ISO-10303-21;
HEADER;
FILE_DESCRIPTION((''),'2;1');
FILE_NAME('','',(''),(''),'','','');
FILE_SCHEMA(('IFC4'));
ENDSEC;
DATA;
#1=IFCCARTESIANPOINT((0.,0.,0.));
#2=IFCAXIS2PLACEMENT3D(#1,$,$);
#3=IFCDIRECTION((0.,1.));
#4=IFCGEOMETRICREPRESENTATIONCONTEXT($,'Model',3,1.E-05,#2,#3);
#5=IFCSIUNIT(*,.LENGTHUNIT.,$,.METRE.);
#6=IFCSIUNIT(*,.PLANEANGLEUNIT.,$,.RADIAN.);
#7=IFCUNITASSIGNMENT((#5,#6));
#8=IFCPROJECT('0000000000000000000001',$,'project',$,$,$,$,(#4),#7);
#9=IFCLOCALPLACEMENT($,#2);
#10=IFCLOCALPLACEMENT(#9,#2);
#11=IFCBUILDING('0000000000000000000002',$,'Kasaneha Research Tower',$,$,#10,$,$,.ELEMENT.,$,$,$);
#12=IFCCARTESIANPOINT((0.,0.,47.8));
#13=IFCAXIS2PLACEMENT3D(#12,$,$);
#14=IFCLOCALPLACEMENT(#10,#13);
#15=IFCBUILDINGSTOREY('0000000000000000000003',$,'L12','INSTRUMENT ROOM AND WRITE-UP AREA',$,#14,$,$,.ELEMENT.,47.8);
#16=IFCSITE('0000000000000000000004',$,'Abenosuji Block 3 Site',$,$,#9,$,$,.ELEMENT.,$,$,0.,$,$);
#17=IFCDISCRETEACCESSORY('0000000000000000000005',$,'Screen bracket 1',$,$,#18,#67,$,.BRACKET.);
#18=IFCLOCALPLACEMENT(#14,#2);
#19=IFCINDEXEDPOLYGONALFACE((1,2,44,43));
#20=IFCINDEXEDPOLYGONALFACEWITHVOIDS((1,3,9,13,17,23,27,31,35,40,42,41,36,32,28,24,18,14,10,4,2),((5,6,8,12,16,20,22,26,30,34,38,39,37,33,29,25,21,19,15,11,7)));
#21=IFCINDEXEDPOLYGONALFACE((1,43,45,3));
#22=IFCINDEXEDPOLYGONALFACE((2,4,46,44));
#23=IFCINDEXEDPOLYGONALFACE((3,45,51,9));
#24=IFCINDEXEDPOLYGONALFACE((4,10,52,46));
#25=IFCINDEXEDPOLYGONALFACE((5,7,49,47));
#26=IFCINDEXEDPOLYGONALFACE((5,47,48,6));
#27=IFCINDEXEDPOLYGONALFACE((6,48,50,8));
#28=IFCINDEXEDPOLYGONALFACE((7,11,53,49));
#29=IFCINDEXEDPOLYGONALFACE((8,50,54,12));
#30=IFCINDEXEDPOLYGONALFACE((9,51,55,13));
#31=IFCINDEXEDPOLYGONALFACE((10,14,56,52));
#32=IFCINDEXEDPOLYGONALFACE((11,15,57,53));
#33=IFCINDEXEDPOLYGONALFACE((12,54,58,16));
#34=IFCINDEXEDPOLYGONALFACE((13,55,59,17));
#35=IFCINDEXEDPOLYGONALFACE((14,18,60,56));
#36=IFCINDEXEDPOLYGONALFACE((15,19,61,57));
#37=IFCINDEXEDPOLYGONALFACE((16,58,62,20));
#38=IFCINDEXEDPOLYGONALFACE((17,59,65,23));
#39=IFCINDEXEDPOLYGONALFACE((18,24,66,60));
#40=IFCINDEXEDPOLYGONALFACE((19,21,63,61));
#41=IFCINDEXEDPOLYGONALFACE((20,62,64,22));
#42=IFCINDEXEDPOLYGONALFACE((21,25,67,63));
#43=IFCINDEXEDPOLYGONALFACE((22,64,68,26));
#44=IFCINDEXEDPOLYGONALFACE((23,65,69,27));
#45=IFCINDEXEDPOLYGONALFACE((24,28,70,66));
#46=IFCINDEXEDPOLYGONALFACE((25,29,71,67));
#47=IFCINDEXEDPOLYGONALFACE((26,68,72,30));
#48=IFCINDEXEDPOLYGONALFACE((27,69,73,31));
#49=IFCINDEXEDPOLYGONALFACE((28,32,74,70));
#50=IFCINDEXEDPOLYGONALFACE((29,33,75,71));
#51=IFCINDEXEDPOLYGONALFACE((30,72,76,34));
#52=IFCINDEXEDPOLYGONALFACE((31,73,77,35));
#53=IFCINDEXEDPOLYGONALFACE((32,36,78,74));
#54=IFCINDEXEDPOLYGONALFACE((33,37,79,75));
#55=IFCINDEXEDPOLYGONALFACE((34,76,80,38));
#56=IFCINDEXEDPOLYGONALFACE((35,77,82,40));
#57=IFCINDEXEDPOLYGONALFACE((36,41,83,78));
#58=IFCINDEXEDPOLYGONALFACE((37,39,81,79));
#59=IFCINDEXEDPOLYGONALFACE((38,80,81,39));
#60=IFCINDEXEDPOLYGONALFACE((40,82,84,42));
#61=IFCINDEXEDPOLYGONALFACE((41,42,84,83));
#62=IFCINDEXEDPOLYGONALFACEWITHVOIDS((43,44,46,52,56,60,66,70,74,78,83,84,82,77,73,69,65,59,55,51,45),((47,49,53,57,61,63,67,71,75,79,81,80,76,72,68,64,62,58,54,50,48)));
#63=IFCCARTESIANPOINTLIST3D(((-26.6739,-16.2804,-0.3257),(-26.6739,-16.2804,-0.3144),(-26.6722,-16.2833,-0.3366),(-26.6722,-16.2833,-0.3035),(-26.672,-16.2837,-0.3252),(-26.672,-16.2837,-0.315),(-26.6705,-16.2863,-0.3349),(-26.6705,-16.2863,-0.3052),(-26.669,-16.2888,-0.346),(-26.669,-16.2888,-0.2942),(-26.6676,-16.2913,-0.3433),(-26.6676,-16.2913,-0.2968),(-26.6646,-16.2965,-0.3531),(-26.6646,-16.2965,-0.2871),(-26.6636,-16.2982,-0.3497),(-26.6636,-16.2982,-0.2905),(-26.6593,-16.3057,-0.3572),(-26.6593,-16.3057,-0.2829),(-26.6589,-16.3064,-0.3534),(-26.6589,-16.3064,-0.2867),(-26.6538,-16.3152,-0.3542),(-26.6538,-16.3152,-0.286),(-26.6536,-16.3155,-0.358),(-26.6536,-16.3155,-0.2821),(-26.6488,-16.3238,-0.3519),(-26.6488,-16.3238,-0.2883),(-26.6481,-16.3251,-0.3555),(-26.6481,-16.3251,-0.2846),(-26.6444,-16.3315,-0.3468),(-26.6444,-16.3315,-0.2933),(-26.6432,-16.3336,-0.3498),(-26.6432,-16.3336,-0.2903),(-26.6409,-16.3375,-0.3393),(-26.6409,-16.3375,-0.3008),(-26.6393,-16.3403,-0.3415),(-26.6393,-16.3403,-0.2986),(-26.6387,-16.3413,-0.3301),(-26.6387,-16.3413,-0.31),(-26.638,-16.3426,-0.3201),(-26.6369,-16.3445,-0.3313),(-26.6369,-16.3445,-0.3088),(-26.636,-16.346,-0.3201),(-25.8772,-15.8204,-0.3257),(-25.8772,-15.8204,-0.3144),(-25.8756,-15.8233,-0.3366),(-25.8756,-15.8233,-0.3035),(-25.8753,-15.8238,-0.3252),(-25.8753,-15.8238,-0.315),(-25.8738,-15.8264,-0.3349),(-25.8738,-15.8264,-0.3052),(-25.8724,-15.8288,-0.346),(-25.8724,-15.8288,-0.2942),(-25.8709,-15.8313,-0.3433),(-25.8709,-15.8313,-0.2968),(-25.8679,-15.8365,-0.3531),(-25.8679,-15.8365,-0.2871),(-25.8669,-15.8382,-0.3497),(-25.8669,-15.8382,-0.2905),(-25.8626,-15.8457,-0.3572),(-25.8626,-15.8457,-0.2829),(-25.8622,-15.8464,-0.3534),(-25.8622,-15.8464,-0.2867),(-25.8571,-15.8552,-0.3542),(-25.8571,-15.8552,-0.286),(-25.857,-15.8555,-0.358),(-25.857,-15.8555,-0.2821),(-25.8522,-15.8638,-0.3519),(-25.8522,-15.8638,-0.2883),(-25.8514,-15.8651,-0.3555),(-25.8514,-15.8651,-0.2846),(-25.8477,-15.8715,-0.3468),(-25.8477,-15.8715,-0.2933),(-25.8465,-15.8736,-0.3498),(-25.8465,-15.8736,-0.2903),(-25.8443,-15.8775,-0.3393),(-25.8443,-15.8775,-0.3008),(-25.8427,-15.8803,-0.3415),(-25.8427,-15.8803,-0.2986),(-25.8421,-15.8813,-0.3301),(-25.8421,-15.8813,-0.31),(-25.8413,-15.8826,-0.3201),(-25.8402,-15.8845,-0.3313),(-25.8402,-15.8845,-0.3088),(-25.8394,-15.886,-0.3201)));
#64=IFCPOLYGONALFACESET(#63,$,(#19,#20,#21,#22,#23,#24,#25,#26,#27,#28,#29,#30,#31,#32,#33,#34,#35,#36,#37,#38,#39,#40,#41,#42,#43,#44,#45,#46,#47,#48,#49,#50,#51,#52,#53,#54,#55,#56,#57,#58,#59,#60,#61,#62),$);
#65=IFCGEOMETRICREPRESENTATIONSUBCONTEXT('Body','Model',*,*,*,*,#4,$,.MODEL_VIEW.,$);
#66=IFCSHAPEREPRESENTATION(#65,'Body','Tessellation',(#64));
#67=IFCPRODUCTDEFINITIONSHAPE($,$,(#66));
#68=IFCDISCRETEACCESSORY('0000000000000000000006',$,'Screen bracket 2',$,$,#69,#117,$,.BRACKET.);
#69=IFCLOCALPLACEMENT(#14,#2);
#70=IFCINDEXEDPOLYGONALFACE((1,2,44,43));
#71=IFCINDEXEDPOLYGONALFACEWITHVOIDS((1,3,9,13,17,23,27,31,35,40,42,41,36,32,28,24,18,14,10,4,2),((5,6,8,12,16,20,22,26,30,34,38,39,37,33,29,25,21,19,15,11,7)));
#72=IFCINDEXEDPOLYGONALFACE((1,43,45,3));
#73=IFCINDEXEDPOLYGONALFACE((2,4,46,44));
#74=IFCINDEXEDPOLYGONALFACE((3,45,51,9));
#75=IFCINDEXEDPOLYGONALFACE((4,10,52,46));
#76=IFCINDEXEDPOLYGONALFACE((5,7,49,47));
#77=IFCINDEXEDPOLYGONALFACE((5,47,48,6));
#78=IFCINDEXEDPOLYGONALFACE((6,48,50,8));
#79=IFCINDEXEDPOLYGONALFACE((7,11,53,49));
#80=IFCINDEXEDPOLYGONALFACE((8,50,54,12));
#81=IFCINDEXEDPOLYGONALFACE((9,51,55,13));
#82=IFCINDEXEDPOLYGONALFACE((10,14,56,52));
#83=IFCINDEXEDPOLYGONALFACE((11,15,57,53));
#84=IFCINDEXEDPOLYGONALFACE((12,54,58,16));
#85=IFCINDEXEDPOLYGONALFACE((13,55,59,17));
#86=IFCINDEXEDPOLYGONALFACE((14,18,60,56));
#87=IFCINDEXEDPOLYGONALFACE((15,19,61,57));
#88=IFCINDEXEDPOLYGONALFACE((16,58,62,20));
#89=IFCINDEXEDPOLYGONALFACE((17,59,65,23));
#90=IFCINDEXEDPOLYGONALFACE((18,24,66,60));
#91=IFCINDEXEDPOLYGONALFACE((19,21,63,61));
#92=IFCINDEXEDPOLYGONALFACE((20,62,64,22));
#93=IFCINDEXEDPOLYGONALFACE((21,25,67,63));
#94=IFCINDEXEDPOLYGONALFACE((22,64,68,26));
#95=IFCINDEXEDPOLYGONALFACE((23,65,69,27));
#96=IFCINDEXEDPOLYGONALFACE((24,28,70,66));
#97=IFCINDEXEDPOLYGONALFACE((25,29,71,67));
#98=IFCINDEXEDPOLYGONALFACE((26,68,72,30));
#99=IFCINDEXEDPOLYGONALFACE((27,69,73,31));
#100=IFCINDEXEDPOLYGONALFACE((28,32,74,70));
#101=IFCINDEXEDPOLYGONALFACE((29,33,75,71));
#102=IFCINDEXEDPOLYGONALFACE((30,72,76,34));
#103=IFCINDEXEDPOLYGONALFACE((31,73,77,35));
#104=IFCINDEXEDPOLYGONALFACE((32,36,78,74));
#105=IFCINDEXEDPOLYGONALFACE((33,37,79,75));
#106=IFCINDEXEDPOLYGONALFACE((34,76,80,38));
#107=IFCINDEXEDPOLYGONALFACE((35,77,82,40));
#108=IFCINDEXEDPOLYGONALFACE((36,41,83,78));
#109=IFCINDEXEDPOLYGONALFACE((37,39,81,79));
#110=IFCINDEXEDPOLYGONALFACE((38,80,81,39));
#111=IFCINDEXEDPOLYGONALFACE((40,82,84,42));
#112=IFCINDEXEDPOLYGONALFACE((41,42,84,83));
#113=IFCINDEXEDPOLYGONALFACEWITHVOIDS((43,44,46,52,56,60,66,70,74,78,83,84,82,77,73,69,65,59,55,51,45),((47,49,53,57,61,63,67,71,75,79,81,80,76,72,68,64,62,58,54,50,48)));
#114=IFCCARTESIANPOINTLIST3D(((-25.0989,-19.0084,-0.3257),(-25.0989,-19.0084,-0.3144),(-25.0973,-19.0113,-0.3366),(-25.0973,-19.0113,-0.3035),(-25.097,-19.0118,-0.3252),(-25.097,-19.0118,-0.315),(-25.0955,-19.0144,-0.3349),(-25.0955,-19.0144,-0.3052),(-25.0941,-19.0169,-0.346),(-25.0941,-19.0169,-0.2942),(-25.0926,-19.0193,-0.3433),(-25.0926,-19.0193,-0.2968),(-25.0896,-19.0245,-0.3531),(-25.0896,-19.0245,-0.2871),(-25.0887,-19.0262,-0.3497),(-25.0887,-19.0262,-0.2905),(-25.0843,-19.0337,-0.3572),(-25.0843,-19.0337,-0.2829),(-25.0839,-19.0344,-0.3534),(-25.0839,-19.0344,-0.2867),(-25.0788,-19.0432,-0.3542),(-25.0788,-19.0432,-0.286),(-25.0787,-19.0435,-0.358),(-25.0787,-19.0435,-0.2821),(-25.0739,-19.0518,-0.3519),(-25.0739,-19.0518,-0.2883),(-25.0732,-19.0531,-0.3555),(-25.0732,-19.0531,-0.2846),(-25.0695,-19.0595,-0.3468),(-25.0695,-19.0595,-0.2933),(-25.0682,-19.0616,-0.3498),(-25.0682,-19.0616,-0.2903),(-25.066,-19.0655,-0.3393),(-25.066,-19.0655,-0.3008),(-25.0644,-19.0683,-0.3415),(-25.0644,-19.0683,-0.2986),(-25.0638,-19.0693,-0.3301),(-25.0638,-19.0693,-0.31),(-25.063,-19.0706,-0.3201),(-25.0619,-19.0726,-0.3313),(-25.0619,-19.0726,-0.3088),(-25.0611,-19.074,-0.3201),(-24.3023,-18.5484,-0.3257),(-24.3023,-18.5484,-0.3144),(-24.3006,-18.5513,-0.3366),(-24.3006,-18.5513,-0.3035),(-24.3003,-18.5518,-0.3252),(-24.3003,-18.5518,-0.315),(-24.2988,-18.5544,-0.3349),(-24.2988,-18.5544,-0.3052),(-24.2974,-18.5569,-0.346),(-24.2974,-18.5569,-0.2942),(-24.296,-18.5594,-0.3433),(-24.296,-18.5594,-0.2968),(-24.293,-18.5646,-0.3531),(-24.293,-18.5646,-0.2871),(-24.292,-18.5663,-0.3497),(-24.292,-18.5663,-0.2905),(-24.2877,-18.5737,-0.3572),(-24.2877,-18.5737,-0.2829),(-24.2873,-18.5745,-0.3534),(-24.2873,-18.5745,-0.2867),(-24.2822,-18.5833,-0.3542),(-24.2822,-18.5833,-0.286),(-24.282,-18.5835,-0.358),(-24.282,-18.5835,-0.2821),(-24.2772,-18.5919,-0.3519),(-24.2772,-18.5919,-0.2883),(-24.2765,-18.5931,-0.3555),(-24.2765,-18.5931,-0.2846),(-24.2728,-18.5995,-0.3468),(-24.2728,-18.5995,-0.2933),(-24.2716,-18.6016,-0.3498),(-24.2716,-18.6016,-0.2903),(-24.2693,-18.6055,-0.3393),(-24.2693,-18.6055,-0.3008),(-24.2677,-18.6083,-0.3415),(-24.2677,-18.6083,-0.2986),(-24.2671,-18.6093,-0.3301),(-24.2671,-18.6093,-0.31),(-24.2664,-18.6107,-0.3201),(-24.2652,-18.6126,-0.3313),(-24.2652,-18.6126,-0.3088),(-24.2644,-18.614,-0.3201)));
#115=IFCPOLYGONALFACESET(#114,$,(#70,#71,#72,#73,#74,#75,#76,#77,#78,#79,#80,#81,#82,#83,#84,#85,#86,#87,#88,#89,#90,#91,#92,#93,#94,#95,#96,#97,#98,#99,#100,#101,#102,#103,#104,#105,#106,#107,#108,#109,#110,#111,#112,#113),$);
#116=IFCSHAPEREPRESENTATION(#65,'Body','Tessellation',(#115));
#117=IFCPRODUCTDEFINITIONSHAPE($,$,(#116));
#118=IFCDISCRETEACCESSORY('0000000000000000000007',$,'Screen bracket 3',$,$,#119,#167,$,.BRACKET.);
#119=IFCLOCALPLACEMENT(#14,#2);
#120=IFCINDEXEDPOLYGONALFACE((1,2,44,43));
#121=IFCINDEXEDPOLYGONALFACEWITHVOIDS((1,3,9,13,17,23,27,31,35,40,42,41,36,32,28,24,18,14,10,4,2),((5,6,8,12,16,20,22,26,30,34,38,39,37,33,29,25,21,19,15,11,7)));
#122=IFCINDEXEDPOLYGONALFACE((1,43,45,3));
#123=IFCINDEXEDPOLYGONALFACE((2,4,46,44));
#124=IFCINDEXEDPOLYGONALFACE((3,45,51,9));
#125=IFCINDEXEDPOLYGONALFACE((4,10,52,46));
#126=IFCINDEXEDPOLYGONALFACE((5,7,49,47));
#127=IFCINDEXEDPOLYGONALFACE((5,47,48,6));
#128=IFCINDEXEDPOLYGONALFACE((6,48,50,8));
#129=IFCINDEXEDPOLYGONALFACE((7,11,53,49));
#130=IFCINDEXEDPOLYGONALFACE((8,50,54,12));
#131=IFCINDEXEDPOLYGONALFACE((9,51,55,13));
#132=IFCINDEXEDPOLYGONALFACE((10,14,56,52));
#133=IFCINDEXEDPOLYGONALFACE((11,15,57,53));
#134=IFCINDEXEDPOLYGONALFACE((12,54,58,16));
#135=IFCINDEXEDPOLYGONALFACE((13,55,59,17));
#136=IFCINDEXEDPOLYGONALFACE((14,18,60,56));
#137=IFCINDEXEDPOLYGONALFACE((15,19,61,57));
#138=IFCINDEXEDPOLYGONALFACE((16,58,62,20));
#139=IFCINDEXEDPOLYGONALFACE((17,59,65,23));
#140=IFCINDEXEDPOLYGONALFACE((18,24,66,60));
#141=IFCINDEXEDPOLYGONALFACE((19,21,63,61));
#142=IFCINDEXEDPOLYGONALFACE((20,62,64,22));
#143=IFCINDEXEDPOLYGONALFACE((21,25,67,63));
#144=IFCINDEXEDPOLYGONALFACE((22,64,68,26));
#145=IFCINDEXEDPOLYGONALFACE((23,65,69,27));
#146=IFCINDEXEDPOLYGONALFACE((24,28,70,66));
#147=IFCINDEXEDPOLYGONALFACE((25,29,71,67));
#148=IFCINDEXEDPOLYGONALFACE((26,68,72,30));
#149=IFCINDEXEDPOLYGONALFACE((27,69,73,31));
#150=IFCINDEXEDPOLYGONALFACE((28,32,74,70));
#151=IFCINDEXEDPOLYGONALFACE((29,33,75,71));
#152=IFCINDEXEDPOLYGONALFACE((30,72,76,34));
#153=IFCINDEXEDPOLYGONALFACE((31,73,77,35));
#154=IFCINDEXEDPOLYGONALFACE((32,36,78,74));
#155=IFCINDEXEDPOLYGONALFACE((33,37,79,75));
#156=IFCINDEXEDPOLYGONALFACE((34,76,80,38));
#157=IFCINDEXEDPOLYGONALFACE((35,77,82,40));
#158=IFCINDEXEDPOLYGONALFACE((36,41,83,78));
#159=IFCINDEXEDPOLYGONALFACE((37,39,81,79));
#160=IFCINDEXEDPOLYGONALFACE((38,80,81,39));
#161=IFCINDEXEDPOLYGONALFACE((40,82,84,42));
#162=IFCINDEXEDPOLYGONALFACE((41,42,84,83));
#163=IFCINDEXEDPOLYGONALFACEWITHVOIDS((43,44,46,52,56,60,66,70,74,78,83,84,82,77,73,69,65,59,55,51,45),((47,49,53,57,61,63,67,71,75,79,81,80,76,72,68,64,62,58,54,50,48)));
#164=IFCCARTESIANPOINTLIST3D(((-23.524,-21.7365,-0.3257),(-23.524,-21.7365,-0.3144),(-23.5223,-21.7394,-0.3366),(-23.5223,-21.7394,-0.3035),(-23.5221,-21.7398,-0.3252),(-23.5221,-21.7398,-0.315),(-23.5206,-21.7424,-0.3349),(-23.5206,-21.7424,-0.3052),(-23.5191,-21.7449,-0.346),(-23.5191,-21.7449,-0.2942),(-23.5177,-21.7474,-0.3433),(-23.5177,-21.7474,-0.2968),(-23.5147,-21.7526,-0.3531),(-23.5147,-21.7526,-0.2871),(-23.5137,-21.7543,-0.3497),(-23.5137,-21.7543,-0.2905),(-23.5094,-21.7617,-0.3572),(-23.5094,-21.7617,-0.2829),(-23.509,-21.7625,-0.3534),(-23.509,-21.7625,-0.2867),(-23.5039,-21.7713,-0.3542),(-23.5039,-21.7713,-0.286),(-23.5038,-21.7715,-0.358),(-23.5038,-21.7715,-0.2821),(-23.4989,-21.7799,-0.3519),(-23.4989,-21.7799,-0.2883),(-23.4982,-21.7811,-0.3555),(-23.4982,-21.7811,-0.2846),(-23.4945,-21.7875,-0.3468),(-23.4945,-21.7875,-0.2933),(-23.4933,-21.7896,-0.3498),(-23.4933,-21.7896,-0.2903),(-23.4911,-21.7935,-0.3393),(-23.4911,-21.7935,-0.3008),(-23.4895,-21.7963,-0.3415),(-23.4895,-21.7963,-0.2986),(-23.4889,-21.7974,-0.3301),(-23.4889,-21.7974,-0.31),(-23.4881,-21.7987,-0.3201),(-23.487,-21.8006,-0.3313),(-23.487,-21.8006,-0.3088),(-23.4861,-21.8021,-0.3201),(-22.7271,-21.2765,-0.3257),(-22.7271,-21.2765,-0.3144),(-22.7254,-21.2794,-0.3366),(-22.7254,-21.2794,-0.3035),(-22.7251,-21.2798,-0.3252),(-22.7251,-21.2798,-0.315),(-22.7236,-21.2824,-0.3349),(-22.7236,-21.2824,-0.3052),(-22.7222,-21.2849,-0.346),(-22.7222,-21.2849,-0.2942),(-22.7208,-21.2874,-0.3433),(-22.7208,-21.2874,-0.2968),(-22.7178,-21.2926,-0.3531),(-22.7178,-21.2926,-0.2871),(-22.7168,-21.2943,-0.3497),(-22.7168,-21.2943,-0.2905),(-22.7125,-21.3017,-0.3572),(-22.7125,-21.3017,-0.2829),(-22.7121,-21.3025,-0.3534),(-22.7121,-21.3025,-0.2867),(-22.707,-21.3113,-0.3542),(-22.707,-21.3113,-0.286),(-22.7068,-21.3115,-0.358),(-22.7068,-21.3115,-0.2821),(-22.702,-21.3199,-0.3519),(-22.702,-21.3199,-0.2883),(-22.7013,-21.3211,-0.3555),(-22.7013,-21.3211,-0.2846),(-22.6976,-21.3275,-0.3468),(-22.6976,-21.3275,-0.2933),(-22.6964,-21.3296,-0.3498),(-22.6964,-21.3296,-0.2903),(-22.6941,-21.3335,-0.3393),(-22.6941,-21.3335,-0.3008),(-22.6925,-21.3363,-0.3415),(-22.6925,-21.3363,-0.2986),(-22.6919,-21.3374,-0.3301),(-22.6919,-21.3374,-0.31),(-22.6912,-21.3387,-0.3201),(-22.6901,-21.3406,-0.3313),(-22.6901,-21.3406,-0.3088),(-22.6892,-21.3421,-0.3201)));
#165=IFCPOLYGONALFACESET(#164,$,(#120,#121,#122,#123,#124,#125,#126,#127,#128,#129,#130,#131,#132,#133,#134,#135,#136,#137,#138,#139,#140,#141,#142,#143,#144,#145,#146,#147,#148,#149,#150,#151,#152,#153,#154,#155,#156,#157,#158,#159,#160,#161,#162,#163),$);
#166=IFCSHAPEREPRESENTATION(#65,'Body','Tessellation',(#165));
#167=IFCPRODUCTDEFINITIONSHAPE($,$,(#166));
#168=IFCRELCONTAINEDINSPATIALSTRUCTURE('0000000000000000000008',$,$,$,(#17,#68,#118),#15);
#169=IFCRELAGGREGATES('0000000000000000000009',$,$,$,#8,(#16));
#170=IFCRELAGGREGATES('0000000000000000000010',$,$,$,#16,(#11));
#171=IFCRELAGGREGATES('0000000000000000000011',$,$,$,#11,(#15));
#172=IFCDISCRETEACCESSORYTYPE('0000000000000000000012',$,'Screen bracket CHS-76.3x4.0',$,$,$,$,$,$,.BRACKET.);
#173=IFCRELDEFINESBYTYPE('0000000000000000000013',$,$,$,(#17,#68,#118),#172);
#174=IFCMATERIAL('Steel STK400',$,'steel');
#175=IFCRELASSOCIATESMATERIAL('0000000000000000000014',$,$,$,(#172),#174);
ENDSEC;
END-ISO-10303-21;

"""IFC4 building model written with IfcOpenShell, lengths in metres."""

from ifc_helpers import new_model, si_unit, direction, frame, origin, origin_2d, place, context, subcontext, project, spatial, hollow_circle, extrude, material, material_profile, profile_set, type_object, element, save


model = new_model("IFC4")

# Units and contexts
model_context = context("Model", 3, precision=1e-05, world=origin(), true_north=direction((0.0, 1.0)))
body_context = subcontext(model_context, "Body", "Model", "MODEL_VIEW")
ifc_project = project(units=[si_unit("LENGTHUNIT", "METRE"), si_unit("PLANEANGLEUNIT", "RADIAN")], contexts=[model_context])

# Site, building, storey
site_placement = place(None, origin())
site = spatial("IfcSite", under=ifc_project, at=site_placement, Name="Abenosuji Block 3 Site", CompositionType="ELEMENT", RefElevation=0.0)
building_placement = place(site_placement, origin())
building = spatial("IfcBuilding", under=site, at=building_placement, Name="Kasaneha Research Tower", CompositionType="ELEMENT")
storey_placement = place(building_placement, frame((0.0, 0.0, 47.8)))
storey = spatial("IfcBuildingStorey", under=building, at=storey_placement, Name="L12", Description="INSTRUMENT ROOM AND WRITE-UP AREA", CompositionType="ELEMENT", Elevation=47.8)

# Discrete accessories
ifc_material_1 = material(Name="Steel STK400", Category="steel")
ifc_material_profile_1 = material_profile(ifc_material_1, hollow_circle(Radius=0.0381, WallThickness=0.0039, at=origin_2d()), Name="CHS-76.3x4.0")
ifc_profile_set_1 = profile_set([ifc_material_profile_1], Name="Steel STK400")
discrete_accessory_type = type_object("IfcDiscreteAccessoryType", Name="Screen bracket CHS-76.3x4.0", PredefinedType="BRACKET", material=ifc_profile_set_1)
for number, where, z_axis, x_axis, name in (
    (1, (-25.8584, -15.853, -0.3201), (-0.866013, -0.500021, 0.0), (0.500021, -0.866013, 0.0), "Screen bracket 1"),
    (2, (-24.2834, -18.5811, -0.3201), (-0.866013, -0.500021, 0.0), (0.500021, -0.866013, 0.0), "Screen bracket 2"),
):
    element("IfcDiscreteAccessory", number, at=place(storey_placement, frame(where, z_axis=z_axis, x_axis=x_axis)), inside=storey, type_object=discrete_accessory_type, Name=name, PredefinedType="BRACKET", context=body_context, shape_type="SweptSolid", body=[
        extrude(hollow_circle(Radius=0.0381, WallThickness=0.0039, at=origin_2d()), origin(), (0.0, 0.0, 1.0), 0.9199),
    ])
for number, where, z_axis, x_axis, name in (
    (3, (-22.7083, -21.3091, -0.3201), (-0.86608, -0.499906, 0.0), (0.499906, -0.86608, 0.0), "Screen bracket 3"),
):
    element("IfcDiscreteAccessory", number, at=place(storey_placement, frame(where, z_axis=z_axis, x_axis=x_axis)), inside=storey, type_object=discrete_accessory_type, Name=name, PredefinedType="BRACKET", context=body_context, shape_type="SweptSolid", body=[
        extrude(hollow_circle(Radius=0.0381, WallThickness=0.0039, at=origin_2d()), origin(), (0.0, 0.0, 1.0), 0.9202),
    ])

save(model, "model.ifc")
